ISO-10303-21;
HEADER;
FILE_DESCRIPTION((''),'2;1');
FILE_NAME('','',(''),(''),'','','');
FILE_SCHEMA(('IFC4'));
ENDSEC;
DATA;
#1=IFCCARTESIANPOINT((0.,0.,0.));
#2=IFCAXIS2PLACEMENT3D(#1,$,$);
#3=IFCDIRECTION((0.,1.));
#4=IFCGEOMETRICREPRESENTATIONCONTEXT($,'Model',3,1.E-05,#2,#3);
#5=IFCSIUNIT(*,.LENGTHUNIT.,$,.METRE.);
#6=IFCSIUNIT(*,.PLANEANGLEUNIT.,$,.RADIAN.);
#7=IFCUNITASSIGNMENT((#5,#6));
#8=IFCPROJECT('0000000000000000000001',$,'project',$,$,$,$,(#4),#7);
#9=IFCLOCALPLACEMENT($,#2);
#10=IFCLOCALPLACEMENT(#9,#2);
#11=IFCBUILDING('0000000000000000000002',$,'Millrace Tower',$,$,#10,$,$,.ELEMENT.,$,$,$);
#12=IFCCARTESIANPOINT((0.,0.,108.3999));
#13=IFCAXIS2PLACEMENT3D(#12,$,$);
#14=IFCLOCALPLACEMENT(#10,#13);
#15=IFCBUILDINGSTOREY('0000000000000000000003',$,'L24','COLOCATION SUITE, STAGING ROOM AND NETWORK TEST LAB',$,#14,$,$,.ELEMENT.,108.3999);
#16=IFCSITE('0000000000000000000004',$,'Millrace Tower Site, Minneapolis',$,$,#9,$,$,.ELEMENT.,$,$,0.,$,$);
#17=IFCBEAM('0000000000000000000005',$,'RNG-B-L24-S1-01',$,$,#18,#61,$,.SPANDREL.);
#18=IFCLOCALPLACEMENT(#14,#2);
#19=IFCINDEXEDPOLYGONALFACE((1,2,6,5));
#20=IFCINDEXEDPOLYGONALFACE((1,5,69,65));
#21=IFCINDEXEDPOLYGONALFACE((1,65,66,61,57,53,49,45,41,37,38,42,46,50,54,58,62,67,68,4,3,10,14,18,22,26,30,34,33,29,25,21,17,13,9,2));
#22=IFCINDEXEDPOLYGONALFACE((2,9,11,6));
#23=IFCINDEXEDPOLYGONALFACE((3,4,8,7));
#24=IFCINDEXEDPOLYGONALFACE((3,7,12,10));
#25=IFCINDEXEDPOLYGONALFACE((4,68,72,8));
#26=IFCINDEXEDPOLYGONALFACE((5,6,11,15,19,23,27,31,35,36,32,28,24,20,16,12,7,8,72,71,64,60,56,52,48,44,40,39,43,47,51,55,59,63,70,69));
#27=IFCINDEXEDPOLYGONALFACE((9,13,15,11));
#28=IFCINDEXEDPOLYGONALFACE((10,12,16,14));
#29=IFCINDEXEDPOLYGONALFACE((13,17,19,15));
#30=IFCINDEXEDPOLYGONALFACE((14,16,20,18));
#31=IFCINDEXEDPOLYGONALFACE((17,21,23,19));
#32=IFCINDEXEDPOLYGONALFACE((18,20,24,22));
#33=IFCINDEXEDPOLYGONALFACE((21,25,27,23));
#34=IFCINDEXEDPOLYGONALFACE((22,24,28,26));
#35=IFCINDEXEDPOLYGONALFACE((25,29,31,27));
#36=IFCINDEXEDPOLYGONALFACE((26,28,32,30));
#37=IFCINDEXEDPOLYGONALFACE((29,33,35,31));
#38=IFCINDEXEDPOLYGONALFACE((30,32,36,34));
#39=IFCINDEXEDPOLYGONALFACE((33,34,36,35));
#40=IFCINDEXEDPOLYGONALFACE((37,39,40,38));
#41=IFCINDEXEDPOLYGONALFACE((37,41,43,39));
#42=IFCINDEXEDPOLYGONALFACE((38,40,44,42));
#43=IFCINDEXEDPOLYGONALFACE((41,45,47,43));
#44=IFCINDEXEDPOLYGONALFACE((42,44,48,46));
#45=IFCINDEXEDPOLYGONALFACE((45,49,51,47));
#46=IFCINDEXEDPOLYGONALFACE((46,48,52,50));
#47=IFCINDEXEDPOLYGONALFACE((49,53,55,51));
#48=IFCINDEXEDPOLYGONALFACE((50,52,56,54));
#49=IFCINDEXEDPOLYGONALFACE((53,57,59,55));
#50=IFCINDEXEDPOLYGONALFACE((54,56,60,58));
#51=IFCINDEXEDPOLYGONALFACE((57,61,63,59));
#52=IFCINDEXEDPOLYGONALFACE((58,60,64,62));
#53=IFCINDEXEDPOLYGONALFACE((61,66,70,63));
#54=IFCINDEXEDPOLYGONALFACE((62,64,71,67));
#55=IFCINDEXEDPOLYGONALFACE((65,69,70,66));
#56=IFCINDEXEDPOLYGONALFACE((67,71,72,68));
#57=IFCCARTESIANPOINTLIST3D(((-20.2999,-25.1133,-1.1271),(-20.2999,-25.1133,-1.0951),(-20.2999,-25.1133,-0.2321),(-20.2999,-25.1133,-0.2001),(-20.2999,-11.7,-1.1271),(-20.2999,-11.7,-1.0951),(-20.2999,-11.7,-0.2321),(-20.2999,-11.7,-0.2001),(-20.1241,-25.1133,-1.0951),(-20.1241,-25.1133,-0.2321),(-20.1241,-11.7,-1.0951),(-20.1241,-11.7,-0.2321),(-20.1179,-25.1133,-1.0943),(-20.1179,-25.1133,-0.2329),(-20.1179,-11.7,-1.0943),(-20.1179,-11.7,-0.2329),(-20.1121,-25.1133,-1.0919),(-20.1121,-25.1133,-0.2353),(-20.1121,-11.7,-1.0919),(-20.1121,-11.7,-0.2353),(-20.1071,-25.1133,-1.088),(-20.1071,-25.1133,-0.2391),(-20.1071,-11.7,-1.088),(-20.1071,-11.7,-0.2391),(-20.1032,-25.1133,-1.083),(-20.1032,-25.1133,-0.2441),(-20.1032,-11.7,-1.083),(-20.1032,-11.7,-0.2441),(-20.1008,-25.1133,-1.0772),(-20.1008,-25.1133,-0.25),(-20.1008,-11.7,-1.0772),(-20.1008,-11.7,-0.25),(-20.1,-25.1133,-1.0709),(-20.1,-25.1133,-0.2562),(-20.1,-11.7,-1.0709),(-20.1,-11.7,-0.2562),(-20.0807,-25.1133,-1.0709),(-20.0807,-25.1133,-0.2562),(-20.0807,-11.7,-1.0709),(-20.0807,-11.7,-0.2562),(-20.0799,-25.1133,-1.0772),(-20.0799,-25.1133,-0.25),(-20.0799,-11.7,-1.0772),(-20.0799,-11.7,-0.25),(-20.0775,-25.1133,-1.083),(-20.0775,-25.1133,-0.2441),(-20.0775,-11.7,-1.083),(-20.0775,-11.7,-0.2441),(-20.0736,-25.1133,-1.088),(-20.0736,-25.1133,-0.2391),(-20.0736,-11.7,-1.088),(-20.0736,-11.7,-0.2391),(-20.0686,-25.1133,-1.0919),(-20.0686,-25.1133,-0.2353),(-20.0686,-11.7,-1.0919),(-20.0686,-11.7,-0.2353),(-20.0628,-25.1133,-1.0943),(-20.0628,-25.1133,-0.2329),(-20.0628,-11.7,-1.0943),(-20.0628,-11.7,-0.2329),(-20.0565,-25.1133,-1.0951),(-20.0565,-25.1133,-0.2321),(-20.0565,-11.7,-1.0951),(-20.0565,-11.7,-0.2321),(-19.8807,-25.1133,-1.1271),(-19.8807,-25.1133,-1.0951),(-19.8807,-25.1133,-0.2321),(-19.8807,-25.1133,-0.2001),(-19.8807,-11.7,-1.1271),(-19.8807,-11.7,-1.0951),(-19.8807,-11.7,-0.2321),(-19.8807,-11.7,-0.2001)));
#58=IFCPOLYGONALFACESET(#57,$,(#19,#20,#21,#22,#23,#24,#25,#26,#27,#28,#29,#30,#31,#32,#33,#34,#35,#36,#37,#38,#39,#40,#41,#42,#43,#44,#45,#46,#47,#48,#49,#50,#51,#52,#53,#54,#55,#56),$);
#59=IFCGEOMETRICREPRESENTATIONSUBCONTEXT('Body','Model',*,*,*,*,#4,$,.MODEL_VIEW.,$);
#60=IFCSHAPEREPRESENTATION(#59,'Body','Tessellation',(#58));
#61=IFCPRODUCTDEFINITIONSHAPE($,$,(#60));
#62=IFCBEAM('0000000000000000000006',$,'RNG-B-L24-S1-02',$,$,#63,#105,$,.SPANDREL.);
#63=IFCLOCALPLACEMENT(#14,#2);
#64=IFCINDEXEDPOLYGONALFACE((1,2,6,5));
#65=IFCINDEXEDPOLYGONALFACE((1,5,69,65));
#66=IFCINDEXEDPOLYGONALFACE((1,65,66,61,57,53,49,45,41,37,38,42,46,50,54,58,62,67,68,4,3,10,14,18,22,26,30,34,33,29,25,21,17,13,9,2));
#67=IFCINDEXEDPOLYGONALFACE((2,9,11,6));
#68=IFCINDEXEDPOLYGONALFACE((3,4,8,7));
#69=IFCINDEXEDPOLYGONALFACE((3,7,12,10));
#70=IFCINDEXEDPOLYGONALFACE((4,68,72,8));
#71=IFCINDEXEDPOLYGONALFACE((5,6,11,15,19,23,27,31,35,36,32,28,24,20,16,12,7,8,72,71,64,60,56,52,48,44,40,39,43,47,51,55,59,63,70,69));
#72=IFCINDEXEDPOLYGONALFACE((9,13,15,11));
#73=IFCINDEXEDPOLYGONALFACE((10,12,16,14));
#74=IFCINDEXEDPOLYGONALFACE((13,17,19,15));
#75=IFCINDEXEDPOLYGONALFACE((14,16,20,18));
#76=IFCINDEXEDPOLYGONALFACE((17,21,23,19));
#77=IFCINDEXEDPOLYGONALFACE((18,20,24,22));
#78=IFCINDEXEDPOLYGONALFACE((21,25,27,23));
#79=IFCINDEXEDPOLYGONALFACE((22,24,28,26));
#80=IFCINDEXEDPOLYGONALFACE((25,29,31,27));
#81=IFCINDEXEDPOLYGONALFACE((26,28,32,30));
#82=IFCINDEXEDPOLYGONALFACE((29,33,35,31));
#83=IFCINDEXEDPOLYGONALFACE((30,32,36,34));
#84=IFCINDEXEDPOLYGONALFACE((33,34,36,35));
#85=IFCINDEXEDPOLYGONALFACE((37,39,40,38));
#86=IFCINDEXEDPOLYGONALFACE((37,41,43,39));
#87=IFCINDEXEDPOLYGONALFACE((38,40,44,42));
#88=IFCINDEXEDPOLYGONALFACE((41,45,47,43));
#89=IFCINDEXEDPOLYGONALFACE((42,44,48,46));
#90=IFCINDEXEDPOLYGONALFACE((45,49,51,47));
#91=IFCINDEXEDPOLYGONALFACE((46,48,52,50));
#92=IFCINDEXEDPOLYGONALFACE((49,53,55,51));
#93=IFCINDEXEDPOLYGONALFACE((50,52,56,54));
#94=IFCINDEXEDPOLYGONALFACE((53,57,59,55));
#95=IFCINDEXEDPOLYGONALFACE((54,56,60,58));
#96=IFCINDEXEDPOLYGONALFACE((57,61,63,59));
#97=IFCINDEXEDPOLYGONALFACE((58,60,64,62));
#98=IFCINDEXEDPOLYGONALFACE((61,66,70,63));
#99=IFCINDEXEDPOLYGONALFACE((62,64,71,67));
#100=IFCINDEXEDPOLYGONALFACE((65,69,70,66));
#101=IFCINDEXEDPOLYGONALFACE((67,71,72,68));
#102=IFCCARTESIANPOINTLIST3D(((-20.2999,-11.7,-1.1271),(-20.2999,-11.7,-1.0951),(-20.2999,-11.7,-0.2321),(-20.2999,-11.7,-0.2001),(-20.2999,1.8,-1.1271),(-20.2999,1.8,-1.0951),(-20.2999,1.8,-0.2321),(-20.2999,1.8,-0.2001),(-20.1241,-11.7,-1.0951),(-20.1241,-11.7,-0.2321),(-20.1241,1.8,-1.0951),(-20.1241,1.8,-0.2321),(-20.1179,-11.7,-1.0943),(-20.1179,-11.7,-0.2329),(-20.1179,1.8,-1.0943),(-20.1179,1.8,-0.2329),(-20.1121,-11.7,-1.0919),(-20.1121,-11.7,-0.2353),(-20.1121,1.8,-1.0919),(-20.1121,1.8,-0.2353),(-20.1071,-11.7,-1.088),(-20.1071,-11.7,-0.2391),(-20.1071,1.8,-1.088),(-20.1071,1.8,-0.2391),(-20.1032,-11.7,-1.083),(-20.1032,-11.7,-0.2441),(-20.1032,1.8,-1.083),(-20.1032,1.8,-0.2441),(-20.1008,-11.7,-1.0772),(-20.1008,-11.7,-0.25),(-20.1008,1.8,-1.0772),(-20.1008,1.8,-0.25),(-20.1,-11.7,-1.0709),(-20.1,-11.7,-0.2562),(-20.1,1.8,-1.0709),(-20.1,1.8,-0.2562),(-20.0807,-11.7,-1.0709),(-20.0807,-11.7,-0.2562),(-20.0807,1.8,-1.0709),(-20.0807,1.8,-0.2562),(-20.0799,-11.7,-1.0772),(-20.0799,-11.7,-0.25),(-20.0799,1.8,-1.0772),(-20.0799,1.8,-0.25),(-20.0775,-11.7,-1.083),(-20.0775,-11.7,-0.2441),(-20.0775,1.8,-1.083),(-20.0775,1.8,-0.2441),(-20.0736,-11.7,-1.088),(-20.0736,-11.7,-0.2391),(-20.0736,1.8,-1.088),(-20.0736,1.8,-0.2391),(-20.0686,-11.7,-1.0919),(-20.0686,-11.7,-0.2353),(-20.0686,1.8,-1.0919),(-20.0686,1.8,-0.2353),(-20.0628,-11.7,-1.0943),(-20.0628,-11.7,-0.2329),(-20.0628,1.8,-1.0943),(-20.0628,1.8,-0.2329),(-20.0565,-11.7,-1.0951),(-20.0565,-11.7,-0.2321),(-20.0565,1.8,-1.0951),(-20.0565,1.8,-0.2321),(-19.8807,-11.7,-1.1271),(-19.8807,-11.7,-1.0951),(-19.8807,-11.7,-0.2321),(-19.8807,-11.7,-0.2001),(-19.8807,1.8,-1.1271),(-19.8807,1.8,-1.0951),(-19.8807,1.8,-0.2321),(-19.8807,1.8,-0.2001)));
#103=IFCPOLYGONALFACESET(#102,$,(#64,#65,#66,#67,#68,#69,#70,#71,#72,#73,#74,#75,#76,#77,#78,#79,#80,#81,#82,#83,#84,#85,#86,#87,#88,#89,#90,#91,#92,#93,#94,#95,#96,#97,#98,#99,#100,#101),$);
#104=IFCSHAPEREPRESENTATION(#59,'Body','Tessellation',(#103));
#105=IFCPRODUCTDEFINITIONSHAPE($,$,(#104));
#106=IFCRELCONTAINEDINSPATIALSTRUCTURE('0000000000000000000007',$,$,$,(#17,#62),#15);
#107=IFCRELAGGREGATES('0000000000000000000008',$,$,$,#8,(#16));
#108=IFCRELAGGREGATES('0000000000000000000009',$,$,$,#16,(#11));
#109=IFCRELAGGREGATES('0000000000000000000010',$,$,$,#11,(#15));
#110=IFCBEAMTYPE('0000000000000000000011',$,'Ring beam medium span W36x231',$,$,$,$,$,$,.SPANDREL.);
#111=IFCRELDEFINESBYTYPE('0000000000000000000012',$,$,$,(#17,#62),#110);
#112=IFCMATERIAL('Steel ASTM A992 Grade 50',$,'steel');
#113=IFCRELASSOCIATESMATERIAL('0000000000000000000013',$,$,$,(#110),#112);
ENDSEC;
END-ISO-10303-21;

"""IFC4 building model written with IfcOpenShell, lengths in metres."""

from ifc_helpers import new_model, si_unit, direction, frame, origin, origin_2d, place, context, subcontext, project, spatial, i_section, extrude, material, material_profile, profile_set, type_object, element, save


model = new_model("IFC4")

# Units and contexts
model_context = context("Model", 3, precision=1e-05, world=origin(), true_north=direction((0.0, 1.0)))
body_context = subcontext(model_context, "Body", "Model", "MODEL_VIEW")
ifc_project = project(units=[si_unit("LENGTHUNIT", "METRE"), si_unit("PLANEANGLEUNIT", "RADIAN")], contexts=[model_context])

# Site, building, storey
site_placement = place(None, origin())
site = spatial("IfcSite", under=ifc_project, at=site_placement, Name="Millrace Tower Site, Minneapolis", CompositionType="ELEMENT", RefElevation=0.0)
building_placement = place(site_placement, origin())
building = spatial("IfcBuilding", under=site, at=building_placement, Name="Millrace Tower", CompositionType="ELEMENT")
storey_placement = place(building_placement, frame((0.0, 0.0, 108.3999)))
storey = spatial("IfcBuildingStorey", under=building, at=storey_placement, Name="L24", Description="COLOCATION SUITE, STAGING ROOM AND NETWORK TEST LAB", CompositionType="ELEMENT", Elevation=108.3999)

# Beams
ifc_material_1 = material(Name="Steel ASTM A992 Grade 50", Category="steel")
ifc_material_profile_1 = material_profile(ifc_material_1, i_section(OverallWidth=0.4192, OverallDepth=0.927, WebThickness=0.0193, FlangeThickness=0.032, FilletRadius=0.0242, at=origin_2d()))
ifc_profile_set_1 = profile_set([ifc_material_profile_1], Name="Steel ASTM A992 Grade 50")
beam_type_1 = type_object("IfcBeamType", Name="Ring beam medium span W36x231", PredefinedType="SPANDREL", material=ifc_profile_set_1)
beam_1_placement = place(storey_placement, frame((-20.0903, -25.1133, -0.6636), z_axis=(0.0, 1.0, 0.0), x_axis=(-1.0, 0.0, 0.0)))
element("IfcBeam", 1, at=beam_1_placement, inside=storey, type_object=beam_type_1, Name="RNG-B-L24-S1-01", PredefinedType="SPANDREL", context=body_context, shape_type="SweptSolid", body=[
    extrude(i_section(OverallWidth=0.4192, OverallDepth=0.927, WebThickness=0.0193, FlangeThickness=0.032, FilletRadius=0.0242, at=origin_2d()), origin(), (0.0, 0.0, 1.0), 13.4133),
])
beam_2_placement = place(storey_placement, frame((-20.0903, -11.7, -0.6636), z_axis=(0.0, 1.0, 0.0), x_axis=(-1.0, 0.0, 0.0)))
element("IfcBeam", 2, at=beam_2_placement, inside=storey, type_object=beam_type_1, Name="RNG-B-L24-S1-02", PredefinedType="SPANDREL", context=body_context, shape_type="SweptSolid", body=[
    extrude(i_section(OverallWidth=0.4192, OverallDepth=0.927, WebThickness=0.0193, FlangeThickness=0.032, FilletRadius=0.0242, at=origin_2d()), origin(), (0.0, 0.0, 1.0), 13.5),
])

save(model, "model.ifc")
